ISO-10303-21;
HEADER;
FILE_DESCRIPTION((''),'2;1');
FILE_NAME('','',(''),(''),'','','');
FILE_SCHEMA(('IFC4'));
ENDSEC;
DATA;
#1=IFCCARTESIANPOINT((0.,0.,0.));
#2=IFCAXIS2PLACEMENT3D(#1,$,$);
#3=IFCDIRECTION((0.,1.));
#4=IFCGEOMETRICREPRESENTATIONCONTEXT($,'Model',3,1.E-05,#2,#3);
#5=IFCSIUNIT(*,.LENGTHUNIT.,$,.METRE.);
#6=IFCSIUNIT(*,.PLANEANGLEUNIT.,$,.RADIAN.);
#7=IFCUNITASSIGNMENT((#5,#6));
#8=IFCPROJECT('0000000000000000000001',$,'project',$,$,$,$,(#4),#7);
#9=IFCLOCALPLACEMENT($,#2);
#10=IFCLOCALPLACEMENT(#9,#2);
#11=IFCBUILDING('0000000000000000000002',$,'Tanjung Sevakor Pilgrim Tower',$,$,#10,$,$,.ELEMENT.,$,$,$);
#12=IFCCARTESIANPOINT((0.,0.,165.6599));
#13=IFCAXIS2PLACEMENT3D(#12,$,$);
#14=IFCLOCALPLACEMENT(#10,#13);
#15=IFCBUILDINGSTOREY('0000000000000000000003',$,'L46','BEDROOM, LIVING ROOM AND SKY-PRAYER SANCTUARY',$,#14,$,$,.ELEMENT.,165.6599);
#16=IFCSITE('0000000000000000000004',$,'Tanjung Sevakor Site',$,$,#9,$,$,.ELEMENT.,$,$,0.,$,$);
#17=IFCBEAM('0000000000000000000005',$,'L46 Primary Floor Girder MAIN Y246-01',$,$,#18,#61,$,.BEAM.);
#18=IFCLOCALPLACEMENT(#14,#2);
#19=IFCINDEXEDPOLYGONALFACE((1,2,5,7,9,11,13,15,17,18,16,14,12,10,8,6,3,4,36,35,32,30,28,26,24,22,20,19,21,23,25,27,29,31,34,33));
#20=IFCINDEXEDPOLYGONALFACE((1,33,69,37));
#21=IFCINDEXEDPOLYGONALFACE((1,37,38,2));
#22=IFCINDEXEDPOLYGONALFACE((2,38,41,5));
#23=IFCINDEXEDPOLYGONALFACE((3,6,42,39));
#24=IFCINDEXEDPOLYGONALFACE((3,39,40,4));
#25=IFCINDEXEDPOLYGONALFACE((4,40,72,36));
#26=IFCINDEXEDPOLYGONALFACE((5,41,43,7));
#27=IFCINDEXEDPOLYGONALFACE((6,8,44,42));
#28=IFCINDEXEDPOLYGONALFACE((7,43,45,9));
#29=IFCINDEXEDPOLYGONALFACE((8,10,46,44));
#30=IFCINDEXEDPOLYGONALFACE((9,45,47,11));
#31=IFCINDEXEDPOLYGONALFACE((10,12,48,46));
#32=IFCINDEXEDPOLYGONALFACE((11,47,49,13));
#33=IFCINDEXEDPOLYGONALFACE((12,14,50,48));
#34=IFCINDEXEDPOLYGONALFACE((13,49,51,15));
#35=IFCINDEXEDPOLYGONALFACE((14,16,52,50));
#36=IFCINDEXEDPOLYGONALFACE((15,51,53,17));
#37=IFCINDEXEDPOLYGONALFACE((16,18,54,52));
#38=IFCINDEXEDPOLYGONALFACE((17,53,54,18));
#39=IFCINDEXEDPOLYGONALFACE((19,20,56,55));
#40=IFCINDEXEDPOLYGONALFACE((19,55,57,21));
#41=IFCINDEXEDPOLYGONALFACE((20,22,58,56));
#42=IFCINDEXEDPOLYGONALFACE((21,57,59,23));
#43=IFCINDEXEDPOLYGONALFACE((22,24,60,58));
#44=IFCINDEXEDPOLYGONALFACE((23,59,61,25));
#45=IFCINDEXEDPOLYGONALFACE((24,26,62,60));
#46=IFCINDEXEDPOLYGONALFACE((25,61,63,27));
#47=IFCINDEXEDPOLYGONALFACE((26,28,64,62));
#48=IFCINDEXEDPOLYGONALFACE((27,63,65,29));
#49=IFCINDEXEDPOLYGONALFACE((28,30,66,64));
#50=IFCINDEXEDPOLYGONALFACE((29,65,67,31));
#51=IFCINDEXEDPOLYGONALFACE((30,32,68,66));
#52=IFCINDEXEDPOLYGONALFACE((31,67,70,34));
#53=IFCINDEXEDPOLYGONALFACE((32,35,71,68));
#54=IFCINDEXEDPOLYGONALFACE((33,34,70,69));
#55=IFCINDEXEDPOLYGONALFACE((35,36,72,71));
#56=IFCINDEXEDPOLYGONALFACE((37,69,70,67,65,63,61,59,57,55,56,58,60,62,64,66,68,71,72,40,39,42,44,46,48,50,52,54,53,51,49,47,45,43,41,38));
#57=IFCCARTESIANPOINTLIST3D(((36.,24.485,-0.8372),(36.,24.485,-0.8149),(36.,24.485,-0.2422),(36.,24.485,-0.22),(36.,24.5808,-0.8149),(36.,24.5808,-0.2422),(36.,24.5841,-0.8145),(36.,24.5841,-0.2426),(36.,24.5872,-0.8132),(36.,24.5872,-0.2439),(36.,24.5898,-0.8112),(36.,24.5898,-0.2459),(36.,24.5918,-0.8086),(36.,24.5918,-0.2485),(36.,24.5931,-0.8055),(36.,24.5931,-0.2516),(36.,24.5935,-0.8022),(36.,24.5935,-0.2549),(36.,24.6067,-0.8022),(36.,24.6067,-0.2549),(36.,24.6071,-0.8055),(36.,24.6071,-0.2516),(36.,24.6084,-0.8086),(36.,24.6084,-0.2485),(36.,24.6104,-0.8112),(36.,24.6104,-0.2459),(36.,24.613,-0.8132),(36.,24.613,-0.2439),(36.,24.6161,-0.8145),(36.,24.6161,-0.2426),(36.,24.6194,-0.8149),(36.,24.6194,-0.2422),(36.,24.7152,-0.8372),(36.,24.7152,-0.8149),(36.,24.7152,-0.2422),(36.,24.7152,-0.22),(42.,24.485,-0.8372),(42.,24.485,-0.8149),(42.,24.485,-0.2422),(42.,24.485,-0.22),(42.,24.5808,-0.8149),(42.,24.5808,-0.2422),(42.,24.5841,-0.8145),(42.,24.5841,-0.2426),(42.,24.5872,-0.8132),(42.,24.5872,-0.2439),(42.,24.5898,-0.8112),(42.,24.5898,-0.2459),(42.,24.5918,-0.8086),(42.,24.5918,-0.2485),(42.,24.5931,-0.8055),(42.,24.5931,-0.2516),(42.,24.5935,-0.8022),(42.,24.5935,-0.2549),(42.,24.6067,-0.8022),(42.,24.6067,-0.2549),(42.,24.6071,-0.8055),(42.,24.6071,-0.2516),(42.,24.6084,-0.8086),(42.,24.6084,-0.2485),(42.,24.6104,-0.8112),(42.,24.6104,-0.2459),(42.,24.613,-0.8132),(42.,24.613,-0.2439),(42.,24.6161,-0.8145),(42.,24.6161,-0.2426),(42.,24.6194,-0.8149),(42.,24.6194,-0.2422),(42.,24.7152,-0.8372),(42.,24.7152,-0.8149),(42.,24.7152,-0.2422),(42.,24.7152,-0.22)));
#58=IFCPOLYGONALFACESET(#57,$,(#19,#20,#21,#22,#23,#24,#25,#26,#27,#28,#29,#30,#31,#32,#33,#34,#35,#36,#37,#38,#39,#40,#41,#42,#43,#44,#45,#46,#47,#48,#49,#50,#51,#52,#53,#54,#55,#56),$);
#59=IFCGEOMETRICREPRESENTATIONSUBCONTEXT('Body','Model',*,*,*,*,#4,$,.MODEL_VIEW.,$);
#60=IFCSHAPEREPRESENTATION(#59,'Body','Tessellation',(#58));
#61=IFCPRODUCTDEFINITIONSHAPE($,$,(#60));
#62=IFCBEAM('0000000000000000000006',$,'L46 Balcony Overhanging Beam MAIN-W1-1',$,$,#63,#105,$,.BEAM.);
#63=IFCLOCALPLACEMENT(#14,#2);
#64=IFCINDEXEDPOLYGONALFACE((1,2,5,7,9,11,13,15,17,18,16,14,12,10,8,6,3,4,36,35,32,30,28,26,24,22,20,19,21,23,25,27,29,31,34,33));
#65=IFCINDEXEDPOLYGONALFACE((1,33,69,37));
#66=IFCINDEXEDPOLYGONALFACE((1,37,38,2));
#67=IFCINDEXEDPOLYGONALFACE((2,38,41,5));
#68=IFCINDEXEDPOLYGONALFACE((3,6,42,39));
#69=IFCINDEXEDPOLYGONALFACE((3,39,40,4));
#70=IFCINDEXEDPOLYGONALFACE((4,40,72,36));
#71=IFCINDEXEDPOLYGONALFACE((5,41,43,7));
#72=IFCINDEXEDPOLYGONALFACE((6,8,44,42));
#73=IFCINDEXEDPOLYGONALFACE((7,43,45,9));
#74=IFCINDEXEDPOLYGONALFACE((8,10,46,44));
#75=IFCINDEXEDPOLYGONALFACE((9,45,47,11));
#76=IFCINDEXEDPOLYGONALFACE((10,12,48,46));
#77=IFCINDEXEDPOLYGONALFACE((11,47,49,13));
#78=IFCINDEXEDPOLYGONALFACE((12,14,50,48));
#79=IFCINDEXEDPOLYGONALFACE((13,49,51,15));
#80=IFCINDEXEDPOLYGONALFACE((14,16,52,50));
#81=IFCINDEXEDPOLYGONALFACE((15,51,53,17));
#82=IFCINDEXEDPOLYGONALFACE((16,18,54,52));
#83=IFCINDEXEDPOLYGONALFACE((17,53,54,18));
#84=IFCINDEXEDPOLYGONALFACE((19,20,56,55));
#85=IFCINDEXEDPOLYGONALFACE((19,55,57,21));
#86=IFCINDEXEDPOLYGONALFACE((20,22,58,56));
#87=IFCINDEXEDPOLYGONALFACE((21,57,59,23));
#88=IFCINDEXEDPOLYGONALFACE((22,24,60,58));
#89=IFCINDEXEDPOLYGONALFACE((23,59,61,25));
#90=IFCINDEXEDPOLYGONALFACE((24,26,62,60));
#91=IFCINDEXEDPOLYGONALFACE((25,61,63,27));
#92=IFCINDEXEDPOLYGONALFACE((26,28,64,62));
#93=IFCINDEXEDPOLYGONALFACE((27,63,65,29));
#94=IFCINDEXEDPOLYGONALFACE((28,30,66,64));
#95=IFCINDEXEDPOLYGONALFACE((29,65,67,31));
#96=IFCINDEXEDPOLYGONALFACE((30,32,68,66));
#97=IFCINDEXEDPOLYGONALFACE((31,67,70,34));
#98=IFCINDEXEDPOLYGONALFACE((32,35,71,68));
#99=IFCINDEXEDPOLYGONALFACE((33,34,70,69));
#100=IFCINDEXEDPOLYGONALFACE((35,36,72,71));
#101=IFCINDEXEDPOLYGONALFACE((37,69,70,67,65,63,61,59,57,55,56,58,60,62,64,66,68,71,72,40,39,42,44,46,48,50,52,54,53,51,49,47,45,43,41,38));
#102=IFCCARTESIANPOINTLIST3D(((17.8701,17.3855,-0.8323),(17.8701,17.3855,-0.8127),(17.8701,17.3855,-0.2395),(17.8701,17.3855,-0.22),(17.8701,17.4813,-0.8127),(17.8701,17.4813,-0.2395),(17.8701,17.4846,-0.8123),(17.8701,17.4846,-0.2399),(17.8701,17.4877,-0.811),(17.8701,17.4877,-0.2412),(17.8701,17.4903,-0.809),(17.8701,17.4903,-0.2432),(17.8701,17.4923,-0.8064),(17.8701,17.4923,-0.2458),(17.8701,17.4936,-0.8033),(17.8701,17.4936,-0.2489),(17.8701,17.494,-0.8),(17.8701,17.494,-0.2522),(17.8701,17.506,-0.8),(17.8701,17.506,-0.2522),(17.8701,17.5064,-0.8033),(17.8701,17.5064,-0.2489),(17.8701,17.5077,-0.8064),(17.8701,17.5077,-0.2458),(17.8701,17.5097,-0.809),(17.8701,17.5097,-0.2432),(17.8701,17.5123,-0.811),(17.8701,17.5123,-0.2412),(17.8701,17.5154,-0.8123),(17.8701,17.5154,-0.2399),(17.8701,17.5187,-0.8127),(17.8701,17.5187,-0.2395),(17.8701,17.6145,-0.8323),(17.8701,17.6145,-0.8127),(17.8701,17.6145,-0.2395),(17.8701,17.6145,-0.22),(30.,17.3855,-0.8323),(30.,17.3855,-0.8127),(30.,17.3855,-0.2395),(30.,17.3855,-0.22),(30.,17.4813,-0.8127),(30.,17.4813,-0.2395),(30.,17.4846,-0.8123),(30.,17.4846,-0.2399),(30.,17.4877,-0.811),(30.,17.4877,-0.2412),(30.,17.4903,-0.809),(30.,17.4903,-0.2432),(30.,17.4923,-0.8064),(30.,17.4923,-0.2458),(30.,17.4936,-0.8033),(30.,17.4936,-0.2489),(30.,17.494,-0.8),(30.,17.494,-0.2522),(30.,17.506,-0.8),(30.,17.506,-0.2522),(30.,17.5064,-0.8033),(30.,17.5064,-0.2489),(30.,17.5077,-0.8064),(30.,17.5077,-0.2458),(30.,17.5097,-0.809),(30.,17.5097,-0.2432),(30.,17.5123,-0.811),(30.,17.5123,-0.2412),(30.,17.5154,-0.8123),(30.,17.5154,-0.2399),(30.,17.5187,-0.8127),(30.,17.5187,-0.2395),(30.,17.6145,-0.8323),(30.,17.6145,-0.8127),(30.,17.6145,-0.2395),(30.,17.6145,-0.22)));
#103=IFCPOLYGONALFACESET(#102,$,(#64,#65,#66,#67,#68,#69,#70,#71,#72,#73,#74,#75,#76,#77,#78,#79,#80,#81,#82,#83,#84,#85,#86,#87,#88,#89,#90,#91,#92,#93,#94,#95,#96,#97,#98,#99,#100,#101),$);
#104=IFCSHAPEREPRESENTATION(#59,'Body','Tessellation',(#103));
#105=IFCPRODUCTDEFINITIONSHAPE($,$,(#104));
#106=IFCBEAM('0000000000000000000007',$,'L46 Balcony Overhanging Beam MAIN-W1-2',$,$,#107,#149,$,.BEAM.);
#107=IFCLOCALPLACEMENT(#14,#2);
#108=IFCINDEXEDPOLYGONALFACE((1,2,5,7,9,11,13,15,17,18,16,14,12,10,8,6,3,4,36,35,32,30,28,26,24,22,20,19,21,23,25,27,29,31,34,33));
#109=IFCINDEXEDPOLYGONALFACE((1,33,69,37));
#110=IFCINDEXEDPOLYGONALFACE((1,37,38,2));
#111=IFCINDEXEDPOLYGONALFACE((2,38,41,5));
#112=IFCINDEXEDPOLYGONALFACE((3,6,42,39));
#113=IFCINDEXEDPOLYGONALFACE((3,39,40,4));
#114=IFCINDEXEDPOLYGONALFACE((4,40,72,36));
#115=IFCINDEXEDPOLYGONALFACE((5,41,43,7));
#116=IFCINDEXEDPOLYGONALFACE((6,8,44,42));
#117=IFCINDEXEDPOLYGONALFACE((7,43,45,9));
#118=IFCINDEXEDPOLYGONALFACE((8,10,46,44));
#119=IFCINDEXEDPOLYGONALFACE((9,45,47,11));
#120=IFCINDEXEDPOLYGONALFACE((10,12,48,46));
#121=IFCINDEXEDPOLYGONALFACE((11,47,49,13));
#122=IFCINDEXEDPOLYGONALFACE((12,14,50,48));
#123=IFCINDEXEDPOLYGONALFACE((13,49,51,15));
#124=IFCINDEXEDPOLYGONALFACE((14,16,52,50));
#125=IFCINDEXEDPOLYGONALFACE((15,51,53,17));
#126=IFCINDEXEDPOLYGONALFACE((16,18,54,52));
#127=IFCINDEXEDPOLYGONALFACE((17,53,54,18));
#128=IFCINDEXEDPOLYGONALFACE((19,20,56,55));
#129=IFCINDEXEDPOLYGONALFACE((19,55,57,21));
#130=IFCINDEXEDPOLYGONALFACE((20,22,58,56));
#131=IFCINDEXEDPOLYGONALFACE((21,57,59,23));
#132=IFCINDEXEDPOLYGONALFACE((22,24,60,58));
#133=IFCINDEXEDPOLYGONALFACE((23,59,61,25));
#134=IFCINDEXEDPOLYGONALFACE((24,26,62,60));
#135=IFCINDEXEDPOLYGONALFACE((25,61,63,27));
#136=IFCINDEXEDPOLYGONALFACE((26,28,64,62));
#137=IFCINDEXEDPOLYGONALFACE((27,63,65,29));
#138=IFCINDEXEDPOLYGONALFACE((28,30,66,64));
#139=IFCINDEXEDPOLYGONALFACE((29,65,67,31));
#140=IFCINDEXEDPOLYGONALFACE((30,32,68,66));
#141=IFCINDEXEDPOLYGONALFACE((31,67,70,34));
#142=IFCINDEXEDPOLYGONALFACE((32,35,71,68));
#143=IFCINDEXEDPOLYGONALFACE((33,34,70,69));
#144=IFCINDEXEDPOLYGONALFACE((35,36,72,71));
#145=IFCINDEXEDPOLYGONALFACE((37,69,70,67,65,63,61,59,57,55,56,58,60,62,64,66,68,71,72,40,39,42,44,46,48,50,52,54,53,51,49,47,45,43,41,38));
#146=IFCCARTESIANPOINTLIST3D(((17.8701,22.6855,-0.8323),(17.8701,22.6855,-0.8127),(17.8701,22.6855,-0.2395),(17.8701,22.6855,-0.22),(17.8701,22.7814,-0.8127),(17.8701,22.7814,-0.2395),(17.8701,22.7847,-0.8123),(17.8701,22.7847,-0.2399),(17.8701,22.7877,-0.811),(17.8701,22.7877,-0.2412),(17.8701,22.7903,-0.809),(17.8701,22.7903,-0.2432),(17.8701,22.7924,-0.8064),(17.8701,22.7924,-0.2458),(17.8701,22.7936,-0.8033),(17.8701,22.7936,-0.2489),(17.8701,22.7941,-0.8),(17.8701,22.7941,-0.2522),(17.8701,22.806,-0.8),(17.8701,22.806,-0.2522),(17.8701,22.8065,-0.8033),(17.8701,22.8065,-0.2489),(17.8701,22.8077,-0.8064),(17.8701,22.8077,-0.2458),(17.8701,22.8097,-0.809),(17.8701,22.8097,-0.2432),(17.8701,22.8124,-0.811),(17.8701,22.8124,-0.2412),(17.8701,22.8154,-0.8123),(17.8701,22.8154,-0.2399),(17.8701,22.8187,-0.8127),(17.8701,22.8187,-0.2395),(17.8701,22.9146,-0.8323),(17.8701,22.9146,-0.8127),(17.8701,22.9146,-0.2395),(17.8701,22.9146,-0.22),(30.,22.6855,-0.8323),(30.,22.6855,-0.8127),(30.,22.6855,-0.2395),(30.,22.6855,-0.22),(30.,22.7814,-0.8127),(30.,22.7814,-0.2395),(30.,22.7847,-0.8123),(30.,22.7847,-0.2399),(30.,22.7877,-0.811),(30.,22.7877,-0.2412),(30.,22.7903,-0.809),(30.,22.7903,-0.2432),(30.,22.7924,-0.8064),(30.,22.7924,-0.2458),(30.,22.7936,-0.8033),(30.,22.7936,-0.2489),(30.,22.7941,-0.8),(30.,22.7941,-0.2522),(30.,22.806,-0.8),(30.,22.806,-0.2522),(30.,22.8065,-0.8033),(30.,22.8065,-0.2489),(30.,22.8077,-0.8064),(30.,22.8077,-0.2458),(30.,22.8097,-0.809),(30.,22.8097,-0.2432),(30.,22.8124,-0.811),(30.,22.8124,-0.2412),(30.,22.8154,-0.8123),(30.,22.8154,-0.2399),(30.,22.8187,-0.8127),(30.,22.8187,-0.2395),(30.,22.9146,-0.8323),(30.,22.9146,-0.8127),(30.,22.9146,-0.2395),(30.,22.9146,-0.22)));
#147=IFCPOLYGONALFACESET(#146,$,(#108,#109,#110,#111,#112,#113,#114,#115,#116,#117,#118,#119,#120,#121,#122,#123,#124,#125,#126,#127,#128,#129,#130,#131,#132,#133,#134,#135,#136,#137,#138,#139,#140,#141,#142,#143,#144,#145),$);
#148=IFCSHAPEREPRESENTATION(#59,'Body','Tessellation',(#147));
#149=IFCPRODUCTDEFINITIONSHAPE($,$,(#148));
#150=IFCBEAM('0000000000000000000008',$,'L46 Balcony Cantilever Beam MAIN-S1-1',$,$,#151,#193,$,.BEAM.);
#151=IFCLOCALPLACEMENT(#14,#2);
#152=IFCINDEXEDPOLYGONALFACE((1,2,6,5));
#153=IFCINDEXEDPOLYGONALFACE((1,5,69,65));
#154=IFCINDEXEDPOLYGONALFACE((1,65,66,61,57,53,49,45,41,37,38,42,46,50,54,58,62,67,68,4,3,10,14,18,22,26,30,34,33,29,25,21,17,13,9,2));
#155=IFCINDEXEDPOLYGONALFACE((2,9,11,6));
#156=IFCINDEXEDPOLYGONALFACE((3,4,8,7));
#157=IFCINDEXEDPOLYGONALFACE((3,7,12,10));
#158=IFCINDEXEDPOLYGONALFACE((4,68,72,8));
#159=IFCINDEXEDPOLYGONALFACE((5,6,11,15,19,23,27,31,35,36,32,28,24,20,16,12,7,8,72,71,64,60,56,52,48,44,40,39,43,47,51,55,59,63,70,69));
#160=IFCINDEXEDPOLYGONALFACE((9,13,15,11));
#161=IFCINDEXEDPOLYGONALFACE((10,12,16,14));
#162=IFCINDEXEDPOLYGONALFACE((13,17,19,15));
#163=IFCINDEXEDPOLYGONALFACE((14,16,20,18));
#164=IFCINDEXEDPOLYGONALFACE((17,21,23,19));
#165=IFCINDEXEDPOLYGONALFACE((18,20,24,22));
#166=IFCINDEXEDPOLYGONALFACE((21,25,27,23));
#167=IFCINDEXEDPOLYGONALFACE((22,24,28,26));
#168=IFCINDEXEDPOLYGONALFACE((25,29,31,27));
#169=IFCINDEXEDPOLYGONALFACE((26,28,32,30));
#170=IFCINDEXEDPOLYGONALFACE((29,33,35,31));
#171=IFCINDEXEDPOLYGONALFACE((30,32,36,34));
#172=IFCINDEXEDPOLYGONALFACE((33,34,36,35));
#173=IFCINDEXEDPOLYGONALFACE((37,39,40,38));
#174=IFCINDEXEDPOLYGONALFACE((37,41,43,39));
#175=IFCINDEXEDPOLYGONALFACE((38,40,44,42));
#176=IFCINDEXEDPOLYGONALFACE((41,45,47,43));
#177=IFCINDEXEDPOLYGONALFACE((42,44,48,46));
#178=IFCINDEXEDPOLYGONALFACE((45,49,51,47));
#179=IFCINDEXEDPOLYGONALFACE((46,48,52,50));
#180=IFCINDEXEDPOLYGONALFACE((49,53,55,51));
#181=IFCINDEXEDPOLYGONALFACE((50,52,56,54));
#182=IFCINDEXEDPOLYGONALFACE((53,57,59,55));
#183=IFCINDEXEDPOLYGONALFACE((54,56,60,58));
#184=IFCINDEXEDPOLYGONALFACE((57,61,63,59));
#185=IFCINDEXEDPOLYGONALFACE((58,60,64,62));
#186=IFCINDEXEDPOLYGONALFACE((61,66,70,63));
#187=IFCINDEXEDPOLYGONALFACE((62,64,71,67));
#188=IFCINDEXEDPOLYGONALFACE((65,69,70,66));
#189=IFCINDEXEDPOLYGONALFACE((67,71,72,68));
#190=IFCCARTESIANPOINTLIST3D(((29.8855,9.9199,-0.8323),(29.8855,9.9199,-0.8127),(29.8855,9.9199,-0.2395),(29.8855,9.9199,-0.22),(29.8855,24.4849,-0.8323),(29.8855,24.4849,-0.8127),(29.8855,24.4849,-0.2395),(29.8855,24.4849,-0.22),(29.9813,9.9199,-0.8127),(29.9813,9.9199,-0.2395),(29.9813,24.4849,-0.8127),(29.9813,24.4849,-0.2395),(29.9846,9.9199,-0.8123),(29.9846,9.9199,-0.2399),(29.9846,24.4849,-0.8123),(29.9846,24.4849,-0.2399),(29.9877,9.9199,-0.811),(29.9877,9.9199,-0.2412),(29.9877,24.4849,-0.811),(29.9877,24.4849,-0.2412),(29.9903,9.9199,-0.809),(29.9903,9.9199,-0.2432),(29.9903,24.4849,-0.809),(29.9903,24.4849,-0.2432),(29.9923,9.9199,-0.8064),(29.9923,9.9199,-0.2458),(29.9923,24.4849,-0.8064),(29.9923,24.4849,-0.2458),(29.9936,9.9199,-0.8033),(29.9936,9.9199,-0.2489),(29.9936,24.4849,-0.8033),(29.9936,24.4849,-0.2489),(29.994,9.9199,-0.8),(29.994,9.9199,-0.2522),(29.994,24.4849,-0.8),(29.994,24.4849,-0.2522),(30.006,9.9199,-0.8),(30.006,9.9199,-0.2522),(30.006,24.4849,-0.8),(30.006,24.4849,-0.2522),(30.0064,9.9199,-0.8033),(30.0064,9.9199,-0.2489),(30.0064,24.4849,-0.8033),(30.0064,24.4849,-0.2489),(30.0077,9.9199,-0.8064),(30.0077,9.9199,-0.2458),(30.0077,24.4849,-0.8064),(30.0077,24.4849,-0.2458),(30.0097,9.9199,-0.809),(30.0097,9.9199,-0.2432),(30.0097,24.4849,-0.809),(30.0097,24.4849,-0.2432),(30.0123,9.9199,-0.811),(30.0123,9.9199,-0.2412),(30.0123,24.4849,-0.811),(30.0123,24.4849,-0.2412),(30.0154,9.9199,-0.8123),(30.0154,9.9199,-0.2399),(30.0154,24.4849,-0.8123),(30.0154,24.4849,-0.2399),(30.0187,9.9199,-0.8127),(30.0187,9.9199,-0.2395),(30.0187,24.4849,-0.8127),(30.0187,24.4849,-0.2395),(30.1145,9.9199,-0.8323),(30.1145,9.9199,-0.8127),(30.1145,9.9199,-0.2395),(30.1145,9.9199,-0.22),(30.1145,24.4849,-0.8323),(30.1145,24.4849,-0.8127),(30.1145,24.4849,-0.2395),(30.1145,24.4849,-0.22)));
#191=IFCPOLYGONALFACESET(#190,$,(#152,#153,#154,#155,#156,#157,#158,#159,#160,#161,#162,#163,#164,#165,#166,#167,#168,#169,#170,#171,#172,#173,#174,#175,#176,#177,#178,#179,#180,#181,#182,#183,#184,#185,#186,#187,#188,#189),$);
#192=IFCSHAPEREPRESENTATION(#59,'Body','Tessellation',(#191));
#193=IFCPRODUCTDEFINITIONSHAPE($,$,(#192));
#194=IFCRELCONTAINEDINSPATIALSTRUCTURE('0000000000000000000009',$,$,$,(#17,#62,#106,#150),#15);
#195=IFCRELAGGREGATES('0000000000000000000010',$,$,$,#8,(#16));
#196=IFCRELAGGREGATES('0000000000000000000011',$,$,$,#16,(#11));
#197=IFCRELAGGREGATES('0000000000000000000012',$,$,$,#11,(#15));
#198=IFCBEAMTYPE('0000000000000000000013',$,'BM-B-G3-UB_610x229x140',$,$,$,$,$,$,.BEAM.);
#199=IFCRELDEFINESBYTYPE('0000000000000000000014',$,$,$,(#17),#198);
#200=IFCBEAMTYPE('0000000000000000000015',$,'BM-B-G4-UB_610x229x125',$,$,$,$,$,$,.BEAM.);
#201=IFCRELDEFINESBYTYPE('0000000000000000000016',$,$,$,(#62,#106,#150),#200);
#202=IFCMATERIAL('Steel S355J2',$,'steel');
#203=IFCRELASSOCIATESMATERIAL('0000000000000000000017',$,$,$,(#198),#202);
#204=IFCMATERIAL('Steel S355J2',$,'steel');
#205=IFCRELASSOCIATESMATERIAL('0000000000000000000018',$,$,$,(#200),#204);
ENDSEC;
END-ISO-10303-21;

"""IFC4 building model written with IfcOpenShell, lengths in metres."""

from ifc_helpers import new_model, si_unit, direction, frame, origin, origin_2d, place, context, subcontext, project, spatial, i_section, extrude, material, material_profile, profile_set, type_object, element, save


model = new_model("IFC4")

# Units and contexts
model_context = context("Model", 3, precision=1e-05, world=origin(), true_north=direction((0.0, 1.0)))
body_context = subcontext(model_context, "Body", "Model", "MODEL_VIEW")
ifc_project = project(units=[si_unit("LENGTHUNIT", "METRE"), si_unit("PLANEANGLEUNIT", "RADIAN")], contexts=[model_context])

# Site, building, storey
site_placement = place(None, origin())
site = spatial("IfcSite", under=ifc_project, at=site_placement, Name="Tanjung Sevakor Site", CompositionType="ELEMENT", RefElevation=0.0)
building_placement = place(site_placement, origin())
building = spatial("IfcBuilding", under=site, at=building_placement, Name="Tanjung Sevakor Pilgrim Tower", CompositionType="ELEMENT")
storey_placement = place(building_placement, frame((0.0, 0.0, 165.6599)))
storey = spatial("IfcBuildingStorey", under=building, at=storey_placement, Name="L46", Description="BEDROOM, LIVING ROOM AND SKY-PRAYER SANCTUARY", CompositionType="ELEMENT", Elevation=165.6599)

# Beams
ifc_material_1 = material(Name="Steel S355J2", Category="steel")
ifc_material_profile_1 = material_profile(ifc_material_1, i_section(OverallWidth=0.2302, OverallDepth=0.6172, WebThickness=0.0132, FlangeThickness=0.0222, FilletRadius=0.0127, at=origin_2d()))
ifc_profile_set_1 = profile_set([ifc_material_profile_1], Name="Steel S355J2")
beam_type_1 = type_object("IfcBeamType", Name="BM-B-G3-UB_610x229x140", PredefinedType="BEAM", material=ifc_profile_set_1)
beam_placement = place(storey_placement, frame((36.0, 24.6001, -0.5286), z_axis=(1.0, 0.0, 0.0), x_axis=(0.0, 1.0, 0.0)))
element("IfcBeam", 1, at=beam_placement, inside=storey, type_object=beam_type_1, Name="L46 Primary Floor Girder MAIN Y246-01", PredefinedType="BEAM", context=body_context, shape_type="SweptSolid", body=[
    extrude(i_section(OverallWidth=0.2302, OverallDepth=0.6172, WebThickness=0.0132, FlangeThickness=0.0222, FilletRadius=0.0127, at=origin_2d()), origin(), (0.0, 0.0, 1.0), 6.0),
])
ifc_material_2 = material(Name="Steel S355J2", Category="steel")
ifc_material_profile_2 = material_profile(ifc_material_2, i_section(OverallWidth=0.229, OverallDepth=0.6123, WebThickness=0.012, FlangeThickness=0.0195, FilletRadius=0.0127, at=origin_2d()))
ifc_profile_set_2 = profile_set([ifc_material_profile_2], Name="Steel S355J2")
beam_type_2 = type_object("IfcBeamType", Name="BM-B-G4-UB_610x229x125", PredefinedType="BEAM", material=ifc_profile_set_2)
for number, where, z_axis, x_axis, name in (
    (2, (30.0, 17.5, -0.5261), (-1.0, 0.0, 0.0), (0.0, -1.0, 0.0), "L46 Balcony Overhanging Beam MAIN-W1-1"),
    (3, (30.0, 22.8, -0.5261), (-1.0, 0.0, 0.0), (0.0, -1.0, 0.0), "L46 Balcony Overhanging Beam MAIN-W1-2"),
):
    element("IfcBeam", number, at=place(storey_placement, frame(where, z_axis=z_axis, x_axis=x_axis)), inside=storey, type_object=beam_type_2, Name=name, PredefinedType="BEAM", context=body_context, shape_type="SweptSolid", body=[
        extrude(i_section(OverallWidth=0.229, OverallDepth=0.6123, WebThickness=0.012, FlangeThickness=0.0195, FilletRadius=0.0127, at=origin_2d()), origin(), (0.0, 0.0, 1.0), 12.1299),
    ])
for number, where, z_axis, x_axis, name in (
    (4, (30.0, 24.4849, -0.5261), (0.0, -1.0, 0.0), (1.0, 0.0, 0.0), "L46 Balcony Cantilever Beam MAIN-S1-1"),
):
    element("IfcBeam", number, at=place(storey_placement, frame(where, z_axis=z_axis, x_axis=x_axis)), inside=storey, type_object=beam_type_2, Name=name, PredefinedType="BEAM", context=body_context, shape_type="SweptSolid", body=[
        extrude(i_section(OverallWidth=0.229, OverallDepth=0.6123, WebThickness=0.012, FlangeThickness=0.0195, FilletRadius=0.0127, at=origin_2d()), origin(), (0.0, 0.0, 1.0), 14.5649),
    ])

save(model, "model.ifc")
